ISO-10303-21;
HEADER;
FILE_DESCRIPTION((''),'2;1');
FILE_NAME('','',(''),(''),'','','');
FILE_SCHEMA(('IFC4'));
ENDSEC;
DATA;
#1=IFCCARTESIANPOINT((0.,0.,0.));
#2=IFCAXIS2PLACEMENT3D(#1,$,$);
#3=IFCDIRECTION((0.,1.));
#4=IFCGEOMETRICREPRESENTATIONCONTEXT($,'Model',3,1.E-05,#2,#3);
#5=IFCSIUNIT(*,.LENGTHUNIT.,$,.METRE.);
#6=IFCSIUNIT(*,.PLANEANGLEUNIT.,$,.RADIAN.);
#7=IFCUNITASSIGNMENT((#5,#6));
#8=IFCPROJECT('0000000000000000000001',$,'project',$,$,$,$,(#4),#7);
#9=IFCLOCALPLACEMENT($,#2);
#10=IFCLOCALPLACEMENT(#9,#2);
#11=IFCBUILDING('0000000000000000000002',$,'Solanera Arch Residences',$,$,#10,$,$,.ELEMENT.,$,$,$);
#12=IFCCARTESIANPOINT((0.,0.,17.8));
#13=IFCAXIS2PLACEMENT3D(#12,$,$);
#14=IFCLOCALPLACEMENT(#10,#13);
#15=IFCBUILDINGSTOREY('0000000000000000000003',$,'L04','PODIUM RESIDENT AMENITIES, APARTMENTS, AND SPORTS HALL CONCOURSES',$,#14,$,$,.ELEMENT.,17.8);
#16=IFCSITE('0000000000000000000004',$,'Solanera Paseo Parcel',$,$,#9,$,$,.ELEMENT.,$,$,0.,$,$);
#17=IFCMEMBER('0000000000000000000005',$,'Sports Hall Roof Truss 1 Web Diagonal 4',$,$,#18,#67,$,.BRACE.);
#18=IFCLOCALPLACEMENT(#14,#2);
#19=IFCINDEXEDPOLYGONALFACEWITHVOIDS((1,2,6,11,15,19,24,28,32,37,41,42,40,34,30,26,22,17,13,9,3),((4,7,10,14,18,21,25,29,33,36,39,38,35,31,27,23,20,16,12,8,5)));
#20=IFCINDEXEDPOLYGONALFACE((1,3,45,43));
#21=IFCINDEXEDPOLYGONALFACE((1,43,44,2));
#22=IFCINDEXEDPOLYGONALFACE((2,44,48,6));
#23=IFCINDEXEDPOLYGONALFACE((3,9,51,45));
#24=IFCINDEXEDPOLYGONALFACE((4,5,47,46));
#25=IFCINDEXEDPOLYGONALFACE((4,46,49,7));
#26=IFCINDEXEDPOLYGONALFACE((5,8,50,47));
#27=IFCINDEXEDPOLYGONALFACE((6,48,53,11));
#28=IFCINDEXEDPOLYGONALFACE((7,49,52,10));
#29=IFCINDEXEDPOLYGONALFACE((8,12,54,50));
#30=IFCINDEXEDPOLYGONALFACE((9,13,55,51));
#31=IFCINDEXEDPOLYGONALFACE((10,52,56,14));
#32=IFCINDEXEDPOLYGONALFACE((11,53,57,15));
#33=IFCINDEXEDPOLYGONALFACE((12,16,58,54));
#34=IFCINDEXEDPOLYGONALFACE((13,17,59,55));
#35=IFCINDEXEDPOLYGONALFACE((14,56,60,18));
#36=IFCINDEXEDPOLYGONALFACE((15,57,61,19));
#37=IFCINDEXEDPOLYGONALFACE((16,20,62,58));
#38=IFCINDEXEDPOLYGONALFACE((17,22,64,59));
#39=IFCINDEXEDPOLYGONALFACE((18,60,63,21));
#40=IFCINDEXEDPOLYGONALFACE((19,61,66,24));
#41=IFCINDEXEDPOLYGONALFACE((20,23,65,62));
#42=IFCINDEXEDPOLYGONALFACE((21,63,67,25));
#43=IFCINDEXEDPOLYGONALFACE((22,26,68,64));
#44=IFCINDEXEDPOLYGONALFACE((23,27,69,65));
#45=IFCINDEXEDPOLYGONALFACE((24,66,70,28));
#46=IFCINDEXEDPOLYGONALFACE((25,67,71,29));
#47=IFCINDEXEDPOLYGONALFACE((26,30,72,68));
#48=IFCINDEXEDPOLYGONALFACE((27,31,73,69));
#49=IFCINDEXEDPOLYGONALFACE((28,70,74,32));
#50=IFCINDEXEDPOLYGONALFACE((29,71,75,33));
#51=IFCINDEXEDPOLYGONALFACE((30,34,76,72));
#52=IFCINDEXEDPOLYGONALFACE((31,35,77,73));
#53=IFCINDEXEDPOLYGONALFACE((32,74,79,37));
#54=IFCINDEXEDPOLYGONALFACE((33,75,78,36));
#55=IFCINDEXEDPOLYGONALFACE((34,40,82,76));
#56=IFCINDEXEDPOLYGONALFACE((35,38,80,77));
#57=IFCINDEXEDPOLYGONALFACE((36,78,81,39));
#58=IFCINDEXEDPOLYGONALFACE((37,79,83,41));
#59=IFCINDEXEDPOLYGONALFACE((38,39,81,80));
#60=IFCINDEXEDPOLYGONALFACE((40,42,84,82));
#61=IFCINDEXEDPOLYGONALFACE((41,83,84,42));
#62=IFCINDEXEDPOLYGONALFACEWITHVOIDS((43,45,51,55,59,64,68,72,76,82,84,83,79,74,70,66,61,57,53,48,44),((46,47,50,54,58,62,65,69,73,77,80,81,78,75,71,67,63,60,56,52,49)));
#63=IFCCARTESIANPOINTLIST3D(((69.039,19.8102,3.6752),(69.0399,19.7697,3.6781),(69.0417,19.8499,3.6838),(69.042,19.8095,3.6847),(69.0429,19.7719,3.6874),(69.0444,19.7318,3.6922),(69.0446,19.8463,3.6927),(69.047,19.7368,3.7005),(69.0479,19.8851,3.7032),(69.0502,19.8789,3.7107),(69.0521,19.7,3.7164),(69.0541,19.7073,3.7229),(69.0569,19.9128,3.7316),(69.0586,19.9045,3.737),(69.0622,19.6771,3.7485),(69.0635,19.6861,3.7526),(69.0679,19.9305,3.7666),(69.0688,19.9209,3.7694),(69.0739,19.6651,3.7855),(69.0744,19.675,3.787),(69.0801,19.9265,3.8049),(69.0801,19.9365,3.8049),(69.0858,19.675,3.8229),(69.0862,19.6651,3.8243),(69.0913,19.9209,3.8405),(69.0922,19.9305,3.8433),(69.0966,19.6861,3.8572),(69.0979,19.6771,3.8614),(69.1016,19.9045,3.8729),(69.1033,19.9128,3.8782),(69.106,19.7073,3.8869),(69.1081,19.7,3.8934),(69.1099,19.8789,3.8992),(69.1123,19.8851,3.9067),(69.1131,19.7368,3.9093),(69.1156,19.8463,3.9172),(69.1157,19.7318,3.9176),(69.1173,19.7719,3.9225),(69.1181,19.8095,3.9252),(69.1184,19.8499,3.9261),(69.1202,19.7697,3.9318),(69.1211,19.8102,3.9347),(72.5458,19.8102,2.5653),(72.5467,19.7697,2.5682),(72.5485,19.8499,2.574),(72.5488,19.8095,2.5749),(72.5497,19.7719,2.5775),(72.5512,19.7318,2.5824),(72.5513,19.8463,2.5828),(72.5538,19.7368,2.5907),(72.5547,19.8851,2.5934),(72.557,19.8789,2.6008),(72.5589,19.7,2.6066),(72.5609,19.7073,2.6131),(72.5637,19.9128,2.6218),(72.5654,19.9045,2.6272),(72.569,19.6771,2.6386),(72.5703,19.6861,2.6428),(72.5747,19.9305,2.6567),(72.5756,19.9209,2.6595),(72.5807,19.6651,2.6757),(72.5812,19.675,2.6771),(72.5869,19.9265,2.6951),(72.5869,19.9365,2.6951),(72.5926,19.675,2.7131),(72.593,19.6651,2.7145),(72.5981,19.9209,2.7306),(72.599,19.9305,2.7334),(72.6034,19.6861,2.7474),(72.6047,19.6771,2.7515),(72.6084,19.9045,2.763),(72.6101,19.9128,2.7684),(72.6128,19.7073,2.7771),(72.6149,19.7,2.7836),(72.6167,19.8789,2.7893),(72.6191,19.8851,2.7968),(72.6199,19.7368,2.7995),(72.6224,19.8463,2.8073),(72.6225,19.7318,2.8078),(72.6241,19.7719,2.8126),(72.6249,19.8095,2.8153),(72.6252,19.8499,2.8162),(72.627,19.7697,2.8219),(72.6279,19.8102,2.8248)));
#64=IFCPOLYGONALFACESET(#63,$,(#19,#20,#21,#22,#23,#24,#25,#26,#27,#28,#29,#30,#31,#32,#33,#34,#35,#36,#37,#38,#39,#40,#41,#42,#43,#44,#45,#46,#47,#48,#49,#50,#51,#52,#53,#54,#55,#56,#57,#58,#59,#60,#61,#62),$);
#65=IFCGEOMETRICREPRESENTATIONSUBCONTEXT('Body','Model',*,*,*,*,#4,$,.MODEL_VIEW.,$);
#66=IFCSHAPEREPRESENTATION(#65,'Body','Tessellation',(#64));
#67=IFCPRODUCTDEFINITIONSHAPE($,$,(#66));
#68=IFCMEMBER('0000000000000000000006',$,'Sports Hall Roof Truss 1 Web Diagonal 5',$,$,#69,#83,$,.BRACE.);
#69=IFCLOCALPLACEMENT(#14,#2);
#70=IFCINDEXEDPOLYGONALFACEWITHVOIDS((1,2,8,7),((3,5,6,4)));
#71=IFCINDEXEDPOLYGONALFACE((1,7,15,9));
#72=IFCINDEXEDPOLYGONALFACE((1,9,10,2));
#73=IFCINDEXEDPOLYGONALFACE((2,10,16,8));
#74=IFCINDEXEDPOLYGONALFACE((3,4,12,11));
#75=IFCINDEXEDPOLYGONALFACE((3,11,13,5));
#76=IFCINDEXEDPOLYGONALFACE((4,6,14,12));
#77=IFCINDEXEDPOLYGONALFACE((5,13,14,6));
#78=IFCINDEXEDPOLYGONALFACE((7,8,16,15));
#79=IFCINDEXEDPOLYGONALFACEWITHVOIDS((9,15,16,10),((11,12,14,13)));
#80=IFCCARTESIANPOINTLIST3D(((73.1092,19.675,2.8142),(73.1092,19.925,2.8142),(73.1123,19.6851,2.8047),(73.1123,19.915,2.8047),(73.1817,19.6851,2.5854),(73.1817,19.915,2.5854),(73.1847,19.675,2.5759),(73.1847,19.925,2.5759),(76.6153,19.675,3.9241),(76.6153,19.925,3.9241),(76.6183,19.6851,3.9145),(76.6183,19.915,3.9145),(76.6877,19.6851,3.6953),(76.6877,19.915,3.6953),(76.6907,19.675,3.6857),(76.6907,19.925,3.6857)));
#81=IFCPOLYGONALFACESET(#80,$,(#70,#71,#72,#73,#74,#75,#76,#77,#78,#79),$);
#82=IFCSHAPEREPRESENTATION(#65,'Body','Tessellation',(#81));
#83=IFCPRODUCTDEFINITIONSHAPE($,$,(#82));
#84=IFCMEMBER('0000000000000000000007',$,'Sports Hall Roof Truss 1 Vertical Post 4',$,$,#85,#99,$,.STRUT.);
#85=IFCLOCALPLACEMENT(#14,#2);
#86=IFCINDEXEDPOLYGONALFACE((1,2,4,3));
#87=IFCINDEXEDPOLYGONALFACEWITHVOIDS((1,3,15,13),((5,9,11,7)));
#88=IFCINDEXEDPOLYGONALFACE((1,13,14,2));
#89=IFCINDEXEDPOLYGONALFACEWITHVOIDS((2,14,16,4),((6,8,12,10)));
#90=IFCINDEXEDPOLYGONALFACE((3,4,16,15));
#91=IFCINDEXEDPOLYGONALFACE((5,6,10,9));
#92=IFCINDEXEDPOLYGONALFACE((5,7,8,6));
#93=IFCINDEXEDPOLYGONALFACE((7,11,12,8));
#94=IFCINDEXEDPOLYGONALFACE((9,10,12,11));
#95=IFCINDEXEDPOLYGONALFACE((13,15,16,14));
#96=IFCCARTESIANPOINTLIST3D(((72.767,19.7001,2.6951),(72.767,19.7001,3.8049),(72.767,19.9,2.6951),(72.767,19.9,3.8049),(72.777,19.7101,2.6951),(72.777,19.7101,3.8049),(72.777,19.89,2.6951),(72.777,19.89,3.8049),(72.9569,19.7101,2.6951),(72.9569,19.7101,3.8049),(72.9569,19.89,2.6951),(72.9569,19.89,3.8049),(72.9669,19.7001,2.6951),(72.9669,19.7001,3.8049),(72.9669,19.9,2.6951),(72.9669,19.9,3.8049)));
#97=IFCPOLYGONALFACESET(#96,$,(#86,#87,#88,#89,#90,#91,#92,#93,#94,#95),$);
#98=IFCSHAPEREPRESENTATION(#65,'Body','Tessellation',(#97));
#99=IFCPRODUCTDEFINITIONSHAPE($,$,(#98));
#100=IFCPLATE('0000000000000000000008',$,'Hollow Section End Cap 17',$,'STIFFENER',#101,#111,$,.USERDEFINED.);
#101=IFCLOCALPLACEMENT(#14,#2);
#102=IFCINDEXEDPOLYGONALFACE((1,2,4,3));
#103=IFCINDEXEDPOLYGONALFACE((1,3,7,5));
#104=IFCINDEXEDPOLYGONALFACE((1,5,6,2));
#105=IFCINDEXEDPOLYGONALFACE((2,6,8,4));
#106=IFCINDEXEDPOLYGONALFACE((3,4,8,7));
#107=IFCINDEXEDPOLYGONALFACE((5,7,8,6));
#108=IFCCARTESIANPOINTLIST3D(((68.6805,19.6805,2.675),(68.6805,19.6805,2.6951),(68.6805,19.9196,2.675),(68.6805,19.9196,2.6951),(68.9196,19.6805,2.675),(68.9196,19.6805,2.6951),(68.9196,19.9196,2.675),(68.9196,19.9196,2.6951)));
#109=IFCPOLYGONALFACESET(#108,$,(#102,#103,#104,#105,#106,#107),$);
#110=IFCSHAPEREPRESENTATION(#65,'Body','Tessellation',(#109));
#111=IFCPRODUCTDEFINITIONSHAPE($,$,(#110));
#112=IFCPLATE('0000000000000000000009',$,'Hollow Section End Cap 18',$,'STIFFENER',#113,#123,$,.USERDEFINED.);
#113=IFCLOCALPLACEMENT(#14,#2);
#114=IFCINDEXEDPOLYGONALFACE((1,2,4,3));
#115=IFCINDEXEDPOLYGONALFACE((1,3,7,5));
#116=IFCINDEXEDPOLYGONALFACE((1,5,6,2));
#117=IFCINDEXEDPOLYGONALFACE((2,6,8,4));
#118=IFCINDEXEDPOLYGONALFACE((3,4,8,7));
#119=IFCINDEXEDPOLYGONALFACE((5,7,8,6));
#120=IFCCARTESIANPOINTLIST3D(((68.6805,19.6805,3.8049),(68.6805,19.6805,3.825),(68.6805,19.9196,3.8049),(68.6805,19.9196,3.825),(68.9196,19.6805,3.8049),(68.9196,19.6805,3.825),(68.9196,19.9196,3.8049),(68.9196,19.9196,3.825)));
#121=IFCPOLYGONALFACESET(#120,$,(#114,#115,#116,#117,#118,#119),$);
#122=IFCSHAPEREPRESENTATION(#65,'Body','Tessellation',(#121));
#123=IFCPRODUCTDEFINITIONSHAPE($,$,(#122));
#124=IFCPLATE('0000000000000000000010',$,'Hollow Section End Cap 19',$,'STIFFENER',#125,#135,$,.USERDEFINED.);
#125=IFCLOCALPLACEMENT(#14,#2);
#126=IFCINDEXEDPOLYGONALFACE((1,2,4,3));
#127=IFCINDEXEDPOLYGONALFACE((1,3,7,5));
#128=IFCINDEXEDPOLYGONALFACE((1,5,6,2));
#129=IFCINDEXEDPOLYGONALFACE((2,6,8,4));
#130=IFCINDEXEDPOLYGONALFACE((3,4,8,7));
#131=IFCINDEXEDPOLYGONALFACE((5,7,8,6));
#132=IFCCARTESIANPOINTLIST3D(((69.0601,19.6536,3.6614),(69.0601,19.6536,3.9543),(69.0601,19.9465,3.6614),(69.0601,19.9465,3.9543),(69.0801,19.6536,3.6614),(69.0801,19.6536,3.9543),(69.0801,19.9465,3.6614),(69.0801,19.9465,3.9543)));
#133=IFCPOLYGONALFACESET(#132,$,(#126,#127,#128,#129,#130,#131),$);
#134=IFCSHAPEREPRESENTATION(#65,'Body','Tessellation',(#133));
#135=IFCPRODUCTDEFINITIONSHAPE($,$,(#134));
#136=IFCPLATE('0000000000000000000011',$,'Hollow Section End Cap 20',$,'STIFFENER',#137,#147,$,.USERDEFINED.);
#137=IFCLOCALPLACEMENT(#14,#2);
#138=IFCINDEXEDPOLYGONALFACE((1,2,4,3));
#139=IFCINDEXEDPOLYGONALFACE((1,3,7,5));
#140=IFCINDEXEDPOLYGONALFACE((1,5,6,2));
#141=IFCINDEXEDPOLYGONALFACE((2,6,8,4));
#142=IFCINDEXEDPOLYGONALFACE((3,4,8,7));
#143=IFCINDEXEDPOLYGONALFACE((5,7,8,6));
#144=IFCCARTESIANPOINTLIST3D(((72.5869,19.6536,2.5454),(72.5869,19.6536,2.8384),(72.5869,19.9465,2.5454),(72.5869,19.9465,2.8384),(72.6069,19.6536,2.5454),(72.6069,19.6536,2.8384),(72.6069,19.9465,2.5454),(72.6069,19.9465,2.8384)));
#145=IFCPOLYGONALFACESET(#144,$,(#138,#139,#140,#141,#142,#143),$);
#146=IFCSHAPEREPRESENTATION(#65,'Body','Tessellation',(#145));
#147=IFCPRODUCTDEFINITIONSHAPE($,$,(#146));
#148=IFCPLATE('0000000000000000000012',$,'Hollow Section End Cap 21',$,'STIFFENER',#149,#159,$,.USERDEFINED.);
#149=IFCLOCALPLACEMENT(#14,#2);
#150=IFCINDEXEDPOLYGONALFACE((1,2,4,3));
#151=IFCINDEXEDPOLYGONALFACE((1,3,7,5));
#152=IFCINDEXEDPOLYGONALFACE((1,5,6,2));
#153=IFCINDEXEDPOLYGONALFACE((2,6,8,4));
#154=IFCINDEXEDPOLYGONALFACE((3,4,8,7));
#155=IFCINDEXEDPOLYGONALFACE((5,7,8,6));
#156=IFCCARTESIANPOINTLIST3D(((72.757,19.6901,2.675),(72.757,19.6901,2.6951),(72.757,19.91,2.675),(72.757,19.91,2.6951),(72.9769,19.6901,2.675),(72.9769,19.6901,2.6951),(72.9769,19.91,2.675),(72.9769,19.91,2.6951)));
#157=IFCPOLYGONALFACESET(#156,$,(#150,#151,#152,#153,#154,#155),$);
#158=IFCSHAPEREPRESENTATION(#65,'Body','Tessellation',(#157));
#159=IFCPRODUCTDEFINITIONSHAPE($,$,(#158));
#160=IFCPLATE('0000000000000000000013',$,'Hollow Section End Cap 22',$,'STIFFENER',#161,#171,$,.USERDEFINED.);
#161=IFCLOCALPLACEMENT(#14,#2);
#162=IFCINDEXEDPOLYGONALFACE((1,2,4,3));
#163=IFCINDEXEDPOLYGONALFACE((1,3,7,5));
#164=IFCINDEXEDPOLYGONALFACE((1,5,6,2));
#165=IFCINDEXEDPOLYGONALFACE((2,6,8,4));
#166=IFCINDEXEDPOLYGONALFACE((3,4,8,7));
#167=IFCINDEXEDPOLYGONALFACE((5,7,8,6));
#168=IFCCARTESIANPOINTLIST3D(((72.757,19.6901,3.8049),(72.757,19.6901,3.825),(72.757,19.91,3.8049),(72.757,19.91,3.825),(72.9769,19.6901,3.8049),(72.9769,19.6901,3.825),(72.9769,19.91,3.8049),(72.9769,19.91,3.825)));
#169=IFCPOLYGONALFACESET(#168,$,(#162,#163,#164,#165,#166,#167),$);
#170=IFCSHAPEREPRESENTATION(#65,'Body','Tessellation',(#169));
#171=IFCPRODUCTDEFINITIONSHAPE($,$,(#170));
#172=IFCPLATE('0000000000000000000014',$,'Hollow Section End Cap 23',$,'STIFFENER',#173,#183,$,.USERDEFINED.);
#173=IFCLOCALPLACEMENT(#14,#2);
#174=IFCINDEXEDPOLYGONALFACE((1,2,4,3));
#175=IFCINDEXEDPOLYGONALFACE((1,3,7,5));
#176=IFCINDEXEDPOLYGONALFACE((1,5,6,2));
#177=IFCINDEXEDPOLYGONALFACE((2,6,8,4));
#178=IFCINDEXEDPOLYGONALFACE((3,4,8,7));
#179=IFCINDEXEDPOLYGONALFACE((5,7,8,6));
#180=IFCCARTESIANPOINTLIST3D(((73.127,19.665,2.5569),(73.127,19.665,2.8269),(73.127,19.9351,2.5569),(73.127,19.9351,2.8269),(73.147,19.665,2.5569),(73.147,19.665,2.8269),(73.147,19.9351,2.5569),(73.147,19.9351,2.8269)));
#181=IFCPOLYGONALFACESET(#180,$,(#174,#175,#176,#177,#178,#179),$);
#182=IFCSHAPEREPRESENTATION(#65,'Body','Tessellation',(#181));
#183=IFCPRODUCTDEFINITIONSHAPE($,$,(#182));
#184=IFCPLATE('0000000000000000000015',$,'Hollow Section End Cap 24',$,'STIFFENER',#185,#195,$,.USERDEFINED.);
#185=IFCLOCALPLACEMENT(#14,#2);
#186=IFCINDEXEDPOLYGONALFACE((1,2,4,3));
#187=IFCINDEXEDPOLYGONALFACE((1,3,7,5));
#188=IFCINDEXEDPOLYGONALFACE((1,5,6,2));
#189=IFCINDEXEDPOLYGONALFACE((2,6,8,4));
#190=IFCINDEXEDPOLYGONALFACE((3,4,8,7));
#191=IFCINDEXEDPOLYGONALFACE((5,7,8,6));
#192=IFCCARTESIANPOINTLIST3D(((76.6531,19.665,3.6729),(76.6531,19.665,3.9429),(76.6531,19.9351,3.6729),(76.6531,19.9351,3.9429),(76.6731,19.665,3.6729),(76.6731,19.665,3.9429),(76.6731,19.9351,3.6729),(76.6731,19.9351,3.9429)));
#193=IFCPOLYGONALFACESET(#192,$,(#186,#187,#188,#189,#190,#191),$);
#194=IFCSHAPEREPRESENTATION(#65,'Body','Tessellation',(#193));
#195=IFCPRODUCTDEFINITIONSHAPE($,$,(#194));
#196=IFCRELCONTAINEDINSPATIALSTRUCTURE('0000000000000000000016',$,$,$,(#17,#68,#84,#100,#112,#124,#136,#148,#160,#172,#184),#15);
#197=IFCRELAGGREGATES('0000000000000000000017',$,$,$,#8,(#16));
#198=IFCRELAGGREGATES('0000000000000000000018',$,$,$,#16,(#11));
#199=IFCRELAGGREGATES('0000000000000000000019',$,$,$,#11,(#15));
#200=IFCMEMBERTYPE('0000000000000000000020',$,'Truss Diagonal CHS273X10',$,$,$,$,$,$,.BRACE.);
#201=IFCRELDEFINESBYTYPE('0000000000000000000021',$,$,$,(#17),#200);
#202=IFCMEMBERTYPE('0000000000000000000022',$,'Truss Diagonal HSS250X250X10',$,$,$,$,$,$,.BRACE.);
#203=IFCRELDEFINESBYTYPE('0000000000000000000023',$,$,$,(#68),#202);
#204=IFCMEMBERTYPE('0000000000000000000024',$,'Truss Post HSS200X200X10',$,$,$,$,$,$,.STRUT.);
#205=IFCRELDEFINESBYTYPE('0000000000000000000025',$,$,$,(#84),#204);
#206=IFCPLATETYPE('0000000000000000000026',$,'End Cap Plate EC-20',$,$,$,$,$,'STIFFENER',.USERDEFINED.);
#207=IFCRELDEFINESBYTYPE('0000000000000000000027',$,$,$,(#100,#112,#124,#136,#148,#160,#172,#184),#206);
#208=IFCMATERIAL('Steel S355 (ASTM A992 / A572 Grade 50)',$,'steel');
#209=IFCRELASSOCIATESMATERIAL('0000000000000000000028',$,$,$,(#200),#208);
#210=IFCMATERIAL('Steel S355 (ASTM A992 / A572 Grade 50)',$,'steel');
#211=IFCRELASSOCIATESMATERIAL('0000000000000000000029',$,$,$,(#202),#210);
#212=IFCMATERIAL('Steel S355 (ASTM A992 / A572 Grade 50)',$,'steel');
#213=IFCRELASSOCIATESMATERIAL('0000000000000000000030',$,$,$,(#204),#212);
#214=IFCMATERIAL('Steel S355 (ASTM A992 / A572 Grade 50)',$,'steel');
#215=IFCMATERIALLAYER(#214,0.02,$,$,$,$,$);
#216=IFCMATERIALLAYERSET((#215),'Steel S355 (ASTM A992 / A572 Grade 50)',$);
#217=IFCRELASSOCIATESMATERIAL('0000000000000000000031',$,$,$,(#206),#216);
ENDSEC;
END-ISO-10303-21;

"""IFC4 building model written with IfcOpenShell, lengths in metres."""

from ifc_helpers import new_model, si_unit, direction, frame, origin, origin_2d, place, context, subcontext, project, spatial, rectangle, hollow_rectangle, hollow_circle, extrude, material, layer, layer_set, material_profile, profile_set, type_object, element, save


model = new_model("IFC4")

# Units and contexts
model_context = context("Model", 3, precision=1e-05, world=origin(), true_north=direction((0.0, 1.0)))
body_context = subcontext(model_context, "Body", "Model", "MODEL_VIEW")
ifc_project = project(units=[si_unit("LENGTHUNIT", "METRE"), si_unit("PLANEANGLEUNIT", "RADIAN")], contexts=[model_context])

# Site, building, storey
site_placement = place(None, origin())
site = spatial("IfcSite", under=ifc_project, at=site_placement, Name="Solanera Paseo Parcel", CompositionType="ELEMENT", RefElevation=0.0)
building_placement = place(site_placement, origin())
building = spatial("IfcBuilding", under=site, at=building_placement, Name="Solanera Arch Residences", CompositionType="ELEMENT")
storey_placement = place(building_placement, frame((0.0, 0.0, 17.8)))
storey = spatial("IfcBuildingStorey", under=building, at=storey_placement, Name="L04", Description="PODIUM RESIDENT AMENITIES, APARTMENTS, AND SPORTS HALL CONCOURSES", CompositionType="ELEMENT", Elevation=17.8)

# Members
ifc_material_1 = material(Name="Steel S355 (ASTM A992 / A572 Grade 50)", Category="steel")
ifc_material_profile_1 = material_profile(ifc_material_1, hollow_circle(Radius=0.1365, WallThickness=0.01, at=origin_2d()))
ifc_profile_set_1 = profile_set([ifc_material_profile_1], Name="Steel S355 (ASTM A992 / A572 Grade 50)")
member_type_1 = type_object("IfcMemberType", Name="Truss Diagonal CHS273X10", PredefinedType="BRACE", material=ifc_profile_set_1)
member_1_placement = place(storey_placement, frame((69.0801, 19.8, 3.8049), z_axis=(0.953392, 0.0, -0.301735), x_axis=(0.0, 1.0, 0.0)))
element("IfcMember", 1, at=member_1_placement, inside=storey, type_object=member_type_1, Name="Sports Hall Roof Truss 1 Web Diagonal 4", PredefinedType="BRACE", context=body_context, shape_type="SweptSolid", body=[
    extrude(hollow_circle(Radius=0.1365, WallThickness=0.01, at=origin_2d()), origin(), (0.0, 0.0, 1.0), 3.6782),
])
ifc_material_2 = material(Name="Steel S355 (ASTM A992 / A572 Grade 50)", Category="steel")
ifc_material_profile_2 = material_profile(ifc_material_2, hollow_rectangle(XDim=0.25, YDim=0.25, WallThickness=0.01, at=origin_2d()))
ifc_profile_set_2 = profile_set([ifc_material_profile_2], Name="Steel S355 (ASTM A992 / A572 Grade 50)")
member_type_2 = type_object("IfcMemberType", Name="Truss Diagonal HSS250X250X10", PredefinedType="BRACE", material=ifc_profile_set_2)
member_2_placement = place(storey_placement, frame((73.147, 19.8, 2.6951), z_axis=(0.953374, 0.0, 0.301792), x_axis=(0.0, 1.0, 0.0)))
element("IfcMember", 2, at=member_2_placement, inside=storey, type_object=member_type_2, Name="Sports Hall Roof Truss 1 Web Diagonal 5", PredefinedType="BRACE", context=body_context, shape_type="SweptSolid", body=[
    extrude(hollow_rectangle(XDim=0.25, YDim=0.25, WallThickness=0.01, at=origin_2d()), origin(), (0.0, 0.0, 1.0), 3.6775),
])
ifc_material_3 = material(Name="Steel S355 (ASTM A992 / A572 Grade 50)", Category="steel")
ifc_material_profile_3 = material_profile(ifc_material_3, hollow_rectangle(XDim=0.2, YDim=0.2, WallThickness=0.01, at=origin_2d()))
ifc_profile_set_3 = profile_set([ifc_material_profile_3], Name="Steel S355 (ASTM A992 / A572 Grade 50)")
member_type_3 = type_object("IfcMemberType", Name="Truss Post HSS200X200X10", PredefinedType="STRUT", material=ifc_profile_set_3)
member_3_placement = place(storey_placement, frame((72.8669, 19.8, 2.6951), z_axis=(0.0, 0.0, 1.0), x_axis=(1.0, 0.0, 0.0)))
element("IfcMember", 3, at=member_3_placement, inside=storey, type_object=member_type_3, Name="Sports Hall Roof Truss 1 Vertical Post 4", PredefinedType="STRUT", context=body_context, shape_type="SweptSolid", body=[
    extrude(hollow_rectangle(XDim=0.2, YDim=0.2, WallThickness=0.01, at=origin_2d()), origin(), (0.0, 0.0, 1.0), 1.1099),
])

# Plates
ifc_material_4 = material(Name="Steel S355 (ASTM A992 / A572 Grade 50)", Category="steel")
ifc_layer_1 = layer(ifc_material_4, 0.02)
ifc_layer_set_1 = layer_set([ifc_layer_1], Name="Steel S355 (ASTM A992 / A572 Grade 50)")
plate_type_1 = type_object("IfcPlateType", Name="End Cap Plate EC-20", ElementType="STIFFENER", PredefinedType="USERDEFINED", material=ifc_layer_set_1)
for number, where, z_axis, x_axis, name in (
    (4, (68.8, 19.8, 2.675), (0.0, 0.0, 1.0), (1.0, 0.0, 0.0), "Hollow Section End Cap 17"),
    (5, (68.8, 19.8, 3.8049), (0.0, 0.0, 1.0), (1.0, 0.0, 0.0), "Hollow Section End Cap 18"),
):
    element("IfcPlate", number, at=place(storey_placement, frame(where, z_axis=z_axis, x_axis=x_axis)), inside=storey, type_object=plate_type_1, Name=name, ObjectType="STIFFENER", PredefinedType="USERDEFINED", context=body_context, shape_type="SweptSolid", body=[
        extrude(rectangle(XDim=0.239, YDim=0.239, at=origin_2d()), origin(), (0.0, 0.0, 1.0), 0.02),
    ])
for number, where, z_axis, x_axis, name in (
    (6, (69.0701, 19.8, 3.6614), (0.0, 0.0, 1.0), (-1.0, 0.0, 0.0), "Hollow Section End Cap 19"),
    (7, (72.5969, 19.8, 2.5454), (0.0, 0.0, 1.0), (1.0, 0.0, 0.0), "Hollow Section End Cap 20"),
):
    element("IfcPlate", number, at=place(storey_placement, frame(where, z_axis=z_axis, x_axis=x_axis)), inside=storey, type_object=plate_type_1, Name=name, ObjectType="STIFFENER", PredefinedType="USERDEFINED", context=body_context, shape_type="SweptSolid", body=[
        extrude(rectangle(XDim=0.02, YDim=0.293, at=origin_2d()), origin(), (0.0, 0.0, 1.0), 0.293),
    ])
for number, where, z_axis, x_axis, name in (
    (8, (72.8669, 19.8, 2.675), (0.0, 0.0, 1.0), (1.0, 0.0, 0.0), "Hollow Section End Cap 21"),
    (9, (72.8669, 19.8, 3.8049), (0.0, 0.0, 1.0), (1.0, 0.0, 0.0), "Hollow Section End Cap 22"),
):
    element("IfcPlate", number, at=place(storey_placement, frame(where, z_axis=z_axis, x_axis=x_axis)), inside=storey, type_object=plate_type_1, Name=name, ObjectType="STIFFENER", PredefinedType="USERDEFINED", context=body_context, shape_type="SweptSolid", body=[
        extrude(rectangle(XDim=0.22, YDim=0.22, at=origin_2d()), origin(), (0.0, 0.0, 1.0), 0.02),
    ])
for number, where, z_axis, x_axis, name in (
    (10, (73.137, 19.8, 2.5569), (0.0, 0.0, 1.0), (-1.0, 0.0, 0.0), "Hollow Section End Cap 23"),
    (11, (76.6631, 19.8, 3.6729), (0.0, 0.0, 1.0), (1.0, 0.0, 0.0), "Hollow Section End Cap 24"),
):
    element("IfcPlate", number, at=place(storey_placement, frame(where, z_axis=z_axis, x_axis=x_axis)), inside=storey, type_object=plate_type_1, Name=name, ObjectType="STIFFENER", PredefinedType="USERDEFINED", context=body_context, shape_type="SweptSolid", body=[
        extrude(rectangle(XDim=0.02, YDim=0.27, at=origin_2d()), origin(), (0.0, 0.0, 1.0), 0.27),
    ])

save(model, "model.ifc")
